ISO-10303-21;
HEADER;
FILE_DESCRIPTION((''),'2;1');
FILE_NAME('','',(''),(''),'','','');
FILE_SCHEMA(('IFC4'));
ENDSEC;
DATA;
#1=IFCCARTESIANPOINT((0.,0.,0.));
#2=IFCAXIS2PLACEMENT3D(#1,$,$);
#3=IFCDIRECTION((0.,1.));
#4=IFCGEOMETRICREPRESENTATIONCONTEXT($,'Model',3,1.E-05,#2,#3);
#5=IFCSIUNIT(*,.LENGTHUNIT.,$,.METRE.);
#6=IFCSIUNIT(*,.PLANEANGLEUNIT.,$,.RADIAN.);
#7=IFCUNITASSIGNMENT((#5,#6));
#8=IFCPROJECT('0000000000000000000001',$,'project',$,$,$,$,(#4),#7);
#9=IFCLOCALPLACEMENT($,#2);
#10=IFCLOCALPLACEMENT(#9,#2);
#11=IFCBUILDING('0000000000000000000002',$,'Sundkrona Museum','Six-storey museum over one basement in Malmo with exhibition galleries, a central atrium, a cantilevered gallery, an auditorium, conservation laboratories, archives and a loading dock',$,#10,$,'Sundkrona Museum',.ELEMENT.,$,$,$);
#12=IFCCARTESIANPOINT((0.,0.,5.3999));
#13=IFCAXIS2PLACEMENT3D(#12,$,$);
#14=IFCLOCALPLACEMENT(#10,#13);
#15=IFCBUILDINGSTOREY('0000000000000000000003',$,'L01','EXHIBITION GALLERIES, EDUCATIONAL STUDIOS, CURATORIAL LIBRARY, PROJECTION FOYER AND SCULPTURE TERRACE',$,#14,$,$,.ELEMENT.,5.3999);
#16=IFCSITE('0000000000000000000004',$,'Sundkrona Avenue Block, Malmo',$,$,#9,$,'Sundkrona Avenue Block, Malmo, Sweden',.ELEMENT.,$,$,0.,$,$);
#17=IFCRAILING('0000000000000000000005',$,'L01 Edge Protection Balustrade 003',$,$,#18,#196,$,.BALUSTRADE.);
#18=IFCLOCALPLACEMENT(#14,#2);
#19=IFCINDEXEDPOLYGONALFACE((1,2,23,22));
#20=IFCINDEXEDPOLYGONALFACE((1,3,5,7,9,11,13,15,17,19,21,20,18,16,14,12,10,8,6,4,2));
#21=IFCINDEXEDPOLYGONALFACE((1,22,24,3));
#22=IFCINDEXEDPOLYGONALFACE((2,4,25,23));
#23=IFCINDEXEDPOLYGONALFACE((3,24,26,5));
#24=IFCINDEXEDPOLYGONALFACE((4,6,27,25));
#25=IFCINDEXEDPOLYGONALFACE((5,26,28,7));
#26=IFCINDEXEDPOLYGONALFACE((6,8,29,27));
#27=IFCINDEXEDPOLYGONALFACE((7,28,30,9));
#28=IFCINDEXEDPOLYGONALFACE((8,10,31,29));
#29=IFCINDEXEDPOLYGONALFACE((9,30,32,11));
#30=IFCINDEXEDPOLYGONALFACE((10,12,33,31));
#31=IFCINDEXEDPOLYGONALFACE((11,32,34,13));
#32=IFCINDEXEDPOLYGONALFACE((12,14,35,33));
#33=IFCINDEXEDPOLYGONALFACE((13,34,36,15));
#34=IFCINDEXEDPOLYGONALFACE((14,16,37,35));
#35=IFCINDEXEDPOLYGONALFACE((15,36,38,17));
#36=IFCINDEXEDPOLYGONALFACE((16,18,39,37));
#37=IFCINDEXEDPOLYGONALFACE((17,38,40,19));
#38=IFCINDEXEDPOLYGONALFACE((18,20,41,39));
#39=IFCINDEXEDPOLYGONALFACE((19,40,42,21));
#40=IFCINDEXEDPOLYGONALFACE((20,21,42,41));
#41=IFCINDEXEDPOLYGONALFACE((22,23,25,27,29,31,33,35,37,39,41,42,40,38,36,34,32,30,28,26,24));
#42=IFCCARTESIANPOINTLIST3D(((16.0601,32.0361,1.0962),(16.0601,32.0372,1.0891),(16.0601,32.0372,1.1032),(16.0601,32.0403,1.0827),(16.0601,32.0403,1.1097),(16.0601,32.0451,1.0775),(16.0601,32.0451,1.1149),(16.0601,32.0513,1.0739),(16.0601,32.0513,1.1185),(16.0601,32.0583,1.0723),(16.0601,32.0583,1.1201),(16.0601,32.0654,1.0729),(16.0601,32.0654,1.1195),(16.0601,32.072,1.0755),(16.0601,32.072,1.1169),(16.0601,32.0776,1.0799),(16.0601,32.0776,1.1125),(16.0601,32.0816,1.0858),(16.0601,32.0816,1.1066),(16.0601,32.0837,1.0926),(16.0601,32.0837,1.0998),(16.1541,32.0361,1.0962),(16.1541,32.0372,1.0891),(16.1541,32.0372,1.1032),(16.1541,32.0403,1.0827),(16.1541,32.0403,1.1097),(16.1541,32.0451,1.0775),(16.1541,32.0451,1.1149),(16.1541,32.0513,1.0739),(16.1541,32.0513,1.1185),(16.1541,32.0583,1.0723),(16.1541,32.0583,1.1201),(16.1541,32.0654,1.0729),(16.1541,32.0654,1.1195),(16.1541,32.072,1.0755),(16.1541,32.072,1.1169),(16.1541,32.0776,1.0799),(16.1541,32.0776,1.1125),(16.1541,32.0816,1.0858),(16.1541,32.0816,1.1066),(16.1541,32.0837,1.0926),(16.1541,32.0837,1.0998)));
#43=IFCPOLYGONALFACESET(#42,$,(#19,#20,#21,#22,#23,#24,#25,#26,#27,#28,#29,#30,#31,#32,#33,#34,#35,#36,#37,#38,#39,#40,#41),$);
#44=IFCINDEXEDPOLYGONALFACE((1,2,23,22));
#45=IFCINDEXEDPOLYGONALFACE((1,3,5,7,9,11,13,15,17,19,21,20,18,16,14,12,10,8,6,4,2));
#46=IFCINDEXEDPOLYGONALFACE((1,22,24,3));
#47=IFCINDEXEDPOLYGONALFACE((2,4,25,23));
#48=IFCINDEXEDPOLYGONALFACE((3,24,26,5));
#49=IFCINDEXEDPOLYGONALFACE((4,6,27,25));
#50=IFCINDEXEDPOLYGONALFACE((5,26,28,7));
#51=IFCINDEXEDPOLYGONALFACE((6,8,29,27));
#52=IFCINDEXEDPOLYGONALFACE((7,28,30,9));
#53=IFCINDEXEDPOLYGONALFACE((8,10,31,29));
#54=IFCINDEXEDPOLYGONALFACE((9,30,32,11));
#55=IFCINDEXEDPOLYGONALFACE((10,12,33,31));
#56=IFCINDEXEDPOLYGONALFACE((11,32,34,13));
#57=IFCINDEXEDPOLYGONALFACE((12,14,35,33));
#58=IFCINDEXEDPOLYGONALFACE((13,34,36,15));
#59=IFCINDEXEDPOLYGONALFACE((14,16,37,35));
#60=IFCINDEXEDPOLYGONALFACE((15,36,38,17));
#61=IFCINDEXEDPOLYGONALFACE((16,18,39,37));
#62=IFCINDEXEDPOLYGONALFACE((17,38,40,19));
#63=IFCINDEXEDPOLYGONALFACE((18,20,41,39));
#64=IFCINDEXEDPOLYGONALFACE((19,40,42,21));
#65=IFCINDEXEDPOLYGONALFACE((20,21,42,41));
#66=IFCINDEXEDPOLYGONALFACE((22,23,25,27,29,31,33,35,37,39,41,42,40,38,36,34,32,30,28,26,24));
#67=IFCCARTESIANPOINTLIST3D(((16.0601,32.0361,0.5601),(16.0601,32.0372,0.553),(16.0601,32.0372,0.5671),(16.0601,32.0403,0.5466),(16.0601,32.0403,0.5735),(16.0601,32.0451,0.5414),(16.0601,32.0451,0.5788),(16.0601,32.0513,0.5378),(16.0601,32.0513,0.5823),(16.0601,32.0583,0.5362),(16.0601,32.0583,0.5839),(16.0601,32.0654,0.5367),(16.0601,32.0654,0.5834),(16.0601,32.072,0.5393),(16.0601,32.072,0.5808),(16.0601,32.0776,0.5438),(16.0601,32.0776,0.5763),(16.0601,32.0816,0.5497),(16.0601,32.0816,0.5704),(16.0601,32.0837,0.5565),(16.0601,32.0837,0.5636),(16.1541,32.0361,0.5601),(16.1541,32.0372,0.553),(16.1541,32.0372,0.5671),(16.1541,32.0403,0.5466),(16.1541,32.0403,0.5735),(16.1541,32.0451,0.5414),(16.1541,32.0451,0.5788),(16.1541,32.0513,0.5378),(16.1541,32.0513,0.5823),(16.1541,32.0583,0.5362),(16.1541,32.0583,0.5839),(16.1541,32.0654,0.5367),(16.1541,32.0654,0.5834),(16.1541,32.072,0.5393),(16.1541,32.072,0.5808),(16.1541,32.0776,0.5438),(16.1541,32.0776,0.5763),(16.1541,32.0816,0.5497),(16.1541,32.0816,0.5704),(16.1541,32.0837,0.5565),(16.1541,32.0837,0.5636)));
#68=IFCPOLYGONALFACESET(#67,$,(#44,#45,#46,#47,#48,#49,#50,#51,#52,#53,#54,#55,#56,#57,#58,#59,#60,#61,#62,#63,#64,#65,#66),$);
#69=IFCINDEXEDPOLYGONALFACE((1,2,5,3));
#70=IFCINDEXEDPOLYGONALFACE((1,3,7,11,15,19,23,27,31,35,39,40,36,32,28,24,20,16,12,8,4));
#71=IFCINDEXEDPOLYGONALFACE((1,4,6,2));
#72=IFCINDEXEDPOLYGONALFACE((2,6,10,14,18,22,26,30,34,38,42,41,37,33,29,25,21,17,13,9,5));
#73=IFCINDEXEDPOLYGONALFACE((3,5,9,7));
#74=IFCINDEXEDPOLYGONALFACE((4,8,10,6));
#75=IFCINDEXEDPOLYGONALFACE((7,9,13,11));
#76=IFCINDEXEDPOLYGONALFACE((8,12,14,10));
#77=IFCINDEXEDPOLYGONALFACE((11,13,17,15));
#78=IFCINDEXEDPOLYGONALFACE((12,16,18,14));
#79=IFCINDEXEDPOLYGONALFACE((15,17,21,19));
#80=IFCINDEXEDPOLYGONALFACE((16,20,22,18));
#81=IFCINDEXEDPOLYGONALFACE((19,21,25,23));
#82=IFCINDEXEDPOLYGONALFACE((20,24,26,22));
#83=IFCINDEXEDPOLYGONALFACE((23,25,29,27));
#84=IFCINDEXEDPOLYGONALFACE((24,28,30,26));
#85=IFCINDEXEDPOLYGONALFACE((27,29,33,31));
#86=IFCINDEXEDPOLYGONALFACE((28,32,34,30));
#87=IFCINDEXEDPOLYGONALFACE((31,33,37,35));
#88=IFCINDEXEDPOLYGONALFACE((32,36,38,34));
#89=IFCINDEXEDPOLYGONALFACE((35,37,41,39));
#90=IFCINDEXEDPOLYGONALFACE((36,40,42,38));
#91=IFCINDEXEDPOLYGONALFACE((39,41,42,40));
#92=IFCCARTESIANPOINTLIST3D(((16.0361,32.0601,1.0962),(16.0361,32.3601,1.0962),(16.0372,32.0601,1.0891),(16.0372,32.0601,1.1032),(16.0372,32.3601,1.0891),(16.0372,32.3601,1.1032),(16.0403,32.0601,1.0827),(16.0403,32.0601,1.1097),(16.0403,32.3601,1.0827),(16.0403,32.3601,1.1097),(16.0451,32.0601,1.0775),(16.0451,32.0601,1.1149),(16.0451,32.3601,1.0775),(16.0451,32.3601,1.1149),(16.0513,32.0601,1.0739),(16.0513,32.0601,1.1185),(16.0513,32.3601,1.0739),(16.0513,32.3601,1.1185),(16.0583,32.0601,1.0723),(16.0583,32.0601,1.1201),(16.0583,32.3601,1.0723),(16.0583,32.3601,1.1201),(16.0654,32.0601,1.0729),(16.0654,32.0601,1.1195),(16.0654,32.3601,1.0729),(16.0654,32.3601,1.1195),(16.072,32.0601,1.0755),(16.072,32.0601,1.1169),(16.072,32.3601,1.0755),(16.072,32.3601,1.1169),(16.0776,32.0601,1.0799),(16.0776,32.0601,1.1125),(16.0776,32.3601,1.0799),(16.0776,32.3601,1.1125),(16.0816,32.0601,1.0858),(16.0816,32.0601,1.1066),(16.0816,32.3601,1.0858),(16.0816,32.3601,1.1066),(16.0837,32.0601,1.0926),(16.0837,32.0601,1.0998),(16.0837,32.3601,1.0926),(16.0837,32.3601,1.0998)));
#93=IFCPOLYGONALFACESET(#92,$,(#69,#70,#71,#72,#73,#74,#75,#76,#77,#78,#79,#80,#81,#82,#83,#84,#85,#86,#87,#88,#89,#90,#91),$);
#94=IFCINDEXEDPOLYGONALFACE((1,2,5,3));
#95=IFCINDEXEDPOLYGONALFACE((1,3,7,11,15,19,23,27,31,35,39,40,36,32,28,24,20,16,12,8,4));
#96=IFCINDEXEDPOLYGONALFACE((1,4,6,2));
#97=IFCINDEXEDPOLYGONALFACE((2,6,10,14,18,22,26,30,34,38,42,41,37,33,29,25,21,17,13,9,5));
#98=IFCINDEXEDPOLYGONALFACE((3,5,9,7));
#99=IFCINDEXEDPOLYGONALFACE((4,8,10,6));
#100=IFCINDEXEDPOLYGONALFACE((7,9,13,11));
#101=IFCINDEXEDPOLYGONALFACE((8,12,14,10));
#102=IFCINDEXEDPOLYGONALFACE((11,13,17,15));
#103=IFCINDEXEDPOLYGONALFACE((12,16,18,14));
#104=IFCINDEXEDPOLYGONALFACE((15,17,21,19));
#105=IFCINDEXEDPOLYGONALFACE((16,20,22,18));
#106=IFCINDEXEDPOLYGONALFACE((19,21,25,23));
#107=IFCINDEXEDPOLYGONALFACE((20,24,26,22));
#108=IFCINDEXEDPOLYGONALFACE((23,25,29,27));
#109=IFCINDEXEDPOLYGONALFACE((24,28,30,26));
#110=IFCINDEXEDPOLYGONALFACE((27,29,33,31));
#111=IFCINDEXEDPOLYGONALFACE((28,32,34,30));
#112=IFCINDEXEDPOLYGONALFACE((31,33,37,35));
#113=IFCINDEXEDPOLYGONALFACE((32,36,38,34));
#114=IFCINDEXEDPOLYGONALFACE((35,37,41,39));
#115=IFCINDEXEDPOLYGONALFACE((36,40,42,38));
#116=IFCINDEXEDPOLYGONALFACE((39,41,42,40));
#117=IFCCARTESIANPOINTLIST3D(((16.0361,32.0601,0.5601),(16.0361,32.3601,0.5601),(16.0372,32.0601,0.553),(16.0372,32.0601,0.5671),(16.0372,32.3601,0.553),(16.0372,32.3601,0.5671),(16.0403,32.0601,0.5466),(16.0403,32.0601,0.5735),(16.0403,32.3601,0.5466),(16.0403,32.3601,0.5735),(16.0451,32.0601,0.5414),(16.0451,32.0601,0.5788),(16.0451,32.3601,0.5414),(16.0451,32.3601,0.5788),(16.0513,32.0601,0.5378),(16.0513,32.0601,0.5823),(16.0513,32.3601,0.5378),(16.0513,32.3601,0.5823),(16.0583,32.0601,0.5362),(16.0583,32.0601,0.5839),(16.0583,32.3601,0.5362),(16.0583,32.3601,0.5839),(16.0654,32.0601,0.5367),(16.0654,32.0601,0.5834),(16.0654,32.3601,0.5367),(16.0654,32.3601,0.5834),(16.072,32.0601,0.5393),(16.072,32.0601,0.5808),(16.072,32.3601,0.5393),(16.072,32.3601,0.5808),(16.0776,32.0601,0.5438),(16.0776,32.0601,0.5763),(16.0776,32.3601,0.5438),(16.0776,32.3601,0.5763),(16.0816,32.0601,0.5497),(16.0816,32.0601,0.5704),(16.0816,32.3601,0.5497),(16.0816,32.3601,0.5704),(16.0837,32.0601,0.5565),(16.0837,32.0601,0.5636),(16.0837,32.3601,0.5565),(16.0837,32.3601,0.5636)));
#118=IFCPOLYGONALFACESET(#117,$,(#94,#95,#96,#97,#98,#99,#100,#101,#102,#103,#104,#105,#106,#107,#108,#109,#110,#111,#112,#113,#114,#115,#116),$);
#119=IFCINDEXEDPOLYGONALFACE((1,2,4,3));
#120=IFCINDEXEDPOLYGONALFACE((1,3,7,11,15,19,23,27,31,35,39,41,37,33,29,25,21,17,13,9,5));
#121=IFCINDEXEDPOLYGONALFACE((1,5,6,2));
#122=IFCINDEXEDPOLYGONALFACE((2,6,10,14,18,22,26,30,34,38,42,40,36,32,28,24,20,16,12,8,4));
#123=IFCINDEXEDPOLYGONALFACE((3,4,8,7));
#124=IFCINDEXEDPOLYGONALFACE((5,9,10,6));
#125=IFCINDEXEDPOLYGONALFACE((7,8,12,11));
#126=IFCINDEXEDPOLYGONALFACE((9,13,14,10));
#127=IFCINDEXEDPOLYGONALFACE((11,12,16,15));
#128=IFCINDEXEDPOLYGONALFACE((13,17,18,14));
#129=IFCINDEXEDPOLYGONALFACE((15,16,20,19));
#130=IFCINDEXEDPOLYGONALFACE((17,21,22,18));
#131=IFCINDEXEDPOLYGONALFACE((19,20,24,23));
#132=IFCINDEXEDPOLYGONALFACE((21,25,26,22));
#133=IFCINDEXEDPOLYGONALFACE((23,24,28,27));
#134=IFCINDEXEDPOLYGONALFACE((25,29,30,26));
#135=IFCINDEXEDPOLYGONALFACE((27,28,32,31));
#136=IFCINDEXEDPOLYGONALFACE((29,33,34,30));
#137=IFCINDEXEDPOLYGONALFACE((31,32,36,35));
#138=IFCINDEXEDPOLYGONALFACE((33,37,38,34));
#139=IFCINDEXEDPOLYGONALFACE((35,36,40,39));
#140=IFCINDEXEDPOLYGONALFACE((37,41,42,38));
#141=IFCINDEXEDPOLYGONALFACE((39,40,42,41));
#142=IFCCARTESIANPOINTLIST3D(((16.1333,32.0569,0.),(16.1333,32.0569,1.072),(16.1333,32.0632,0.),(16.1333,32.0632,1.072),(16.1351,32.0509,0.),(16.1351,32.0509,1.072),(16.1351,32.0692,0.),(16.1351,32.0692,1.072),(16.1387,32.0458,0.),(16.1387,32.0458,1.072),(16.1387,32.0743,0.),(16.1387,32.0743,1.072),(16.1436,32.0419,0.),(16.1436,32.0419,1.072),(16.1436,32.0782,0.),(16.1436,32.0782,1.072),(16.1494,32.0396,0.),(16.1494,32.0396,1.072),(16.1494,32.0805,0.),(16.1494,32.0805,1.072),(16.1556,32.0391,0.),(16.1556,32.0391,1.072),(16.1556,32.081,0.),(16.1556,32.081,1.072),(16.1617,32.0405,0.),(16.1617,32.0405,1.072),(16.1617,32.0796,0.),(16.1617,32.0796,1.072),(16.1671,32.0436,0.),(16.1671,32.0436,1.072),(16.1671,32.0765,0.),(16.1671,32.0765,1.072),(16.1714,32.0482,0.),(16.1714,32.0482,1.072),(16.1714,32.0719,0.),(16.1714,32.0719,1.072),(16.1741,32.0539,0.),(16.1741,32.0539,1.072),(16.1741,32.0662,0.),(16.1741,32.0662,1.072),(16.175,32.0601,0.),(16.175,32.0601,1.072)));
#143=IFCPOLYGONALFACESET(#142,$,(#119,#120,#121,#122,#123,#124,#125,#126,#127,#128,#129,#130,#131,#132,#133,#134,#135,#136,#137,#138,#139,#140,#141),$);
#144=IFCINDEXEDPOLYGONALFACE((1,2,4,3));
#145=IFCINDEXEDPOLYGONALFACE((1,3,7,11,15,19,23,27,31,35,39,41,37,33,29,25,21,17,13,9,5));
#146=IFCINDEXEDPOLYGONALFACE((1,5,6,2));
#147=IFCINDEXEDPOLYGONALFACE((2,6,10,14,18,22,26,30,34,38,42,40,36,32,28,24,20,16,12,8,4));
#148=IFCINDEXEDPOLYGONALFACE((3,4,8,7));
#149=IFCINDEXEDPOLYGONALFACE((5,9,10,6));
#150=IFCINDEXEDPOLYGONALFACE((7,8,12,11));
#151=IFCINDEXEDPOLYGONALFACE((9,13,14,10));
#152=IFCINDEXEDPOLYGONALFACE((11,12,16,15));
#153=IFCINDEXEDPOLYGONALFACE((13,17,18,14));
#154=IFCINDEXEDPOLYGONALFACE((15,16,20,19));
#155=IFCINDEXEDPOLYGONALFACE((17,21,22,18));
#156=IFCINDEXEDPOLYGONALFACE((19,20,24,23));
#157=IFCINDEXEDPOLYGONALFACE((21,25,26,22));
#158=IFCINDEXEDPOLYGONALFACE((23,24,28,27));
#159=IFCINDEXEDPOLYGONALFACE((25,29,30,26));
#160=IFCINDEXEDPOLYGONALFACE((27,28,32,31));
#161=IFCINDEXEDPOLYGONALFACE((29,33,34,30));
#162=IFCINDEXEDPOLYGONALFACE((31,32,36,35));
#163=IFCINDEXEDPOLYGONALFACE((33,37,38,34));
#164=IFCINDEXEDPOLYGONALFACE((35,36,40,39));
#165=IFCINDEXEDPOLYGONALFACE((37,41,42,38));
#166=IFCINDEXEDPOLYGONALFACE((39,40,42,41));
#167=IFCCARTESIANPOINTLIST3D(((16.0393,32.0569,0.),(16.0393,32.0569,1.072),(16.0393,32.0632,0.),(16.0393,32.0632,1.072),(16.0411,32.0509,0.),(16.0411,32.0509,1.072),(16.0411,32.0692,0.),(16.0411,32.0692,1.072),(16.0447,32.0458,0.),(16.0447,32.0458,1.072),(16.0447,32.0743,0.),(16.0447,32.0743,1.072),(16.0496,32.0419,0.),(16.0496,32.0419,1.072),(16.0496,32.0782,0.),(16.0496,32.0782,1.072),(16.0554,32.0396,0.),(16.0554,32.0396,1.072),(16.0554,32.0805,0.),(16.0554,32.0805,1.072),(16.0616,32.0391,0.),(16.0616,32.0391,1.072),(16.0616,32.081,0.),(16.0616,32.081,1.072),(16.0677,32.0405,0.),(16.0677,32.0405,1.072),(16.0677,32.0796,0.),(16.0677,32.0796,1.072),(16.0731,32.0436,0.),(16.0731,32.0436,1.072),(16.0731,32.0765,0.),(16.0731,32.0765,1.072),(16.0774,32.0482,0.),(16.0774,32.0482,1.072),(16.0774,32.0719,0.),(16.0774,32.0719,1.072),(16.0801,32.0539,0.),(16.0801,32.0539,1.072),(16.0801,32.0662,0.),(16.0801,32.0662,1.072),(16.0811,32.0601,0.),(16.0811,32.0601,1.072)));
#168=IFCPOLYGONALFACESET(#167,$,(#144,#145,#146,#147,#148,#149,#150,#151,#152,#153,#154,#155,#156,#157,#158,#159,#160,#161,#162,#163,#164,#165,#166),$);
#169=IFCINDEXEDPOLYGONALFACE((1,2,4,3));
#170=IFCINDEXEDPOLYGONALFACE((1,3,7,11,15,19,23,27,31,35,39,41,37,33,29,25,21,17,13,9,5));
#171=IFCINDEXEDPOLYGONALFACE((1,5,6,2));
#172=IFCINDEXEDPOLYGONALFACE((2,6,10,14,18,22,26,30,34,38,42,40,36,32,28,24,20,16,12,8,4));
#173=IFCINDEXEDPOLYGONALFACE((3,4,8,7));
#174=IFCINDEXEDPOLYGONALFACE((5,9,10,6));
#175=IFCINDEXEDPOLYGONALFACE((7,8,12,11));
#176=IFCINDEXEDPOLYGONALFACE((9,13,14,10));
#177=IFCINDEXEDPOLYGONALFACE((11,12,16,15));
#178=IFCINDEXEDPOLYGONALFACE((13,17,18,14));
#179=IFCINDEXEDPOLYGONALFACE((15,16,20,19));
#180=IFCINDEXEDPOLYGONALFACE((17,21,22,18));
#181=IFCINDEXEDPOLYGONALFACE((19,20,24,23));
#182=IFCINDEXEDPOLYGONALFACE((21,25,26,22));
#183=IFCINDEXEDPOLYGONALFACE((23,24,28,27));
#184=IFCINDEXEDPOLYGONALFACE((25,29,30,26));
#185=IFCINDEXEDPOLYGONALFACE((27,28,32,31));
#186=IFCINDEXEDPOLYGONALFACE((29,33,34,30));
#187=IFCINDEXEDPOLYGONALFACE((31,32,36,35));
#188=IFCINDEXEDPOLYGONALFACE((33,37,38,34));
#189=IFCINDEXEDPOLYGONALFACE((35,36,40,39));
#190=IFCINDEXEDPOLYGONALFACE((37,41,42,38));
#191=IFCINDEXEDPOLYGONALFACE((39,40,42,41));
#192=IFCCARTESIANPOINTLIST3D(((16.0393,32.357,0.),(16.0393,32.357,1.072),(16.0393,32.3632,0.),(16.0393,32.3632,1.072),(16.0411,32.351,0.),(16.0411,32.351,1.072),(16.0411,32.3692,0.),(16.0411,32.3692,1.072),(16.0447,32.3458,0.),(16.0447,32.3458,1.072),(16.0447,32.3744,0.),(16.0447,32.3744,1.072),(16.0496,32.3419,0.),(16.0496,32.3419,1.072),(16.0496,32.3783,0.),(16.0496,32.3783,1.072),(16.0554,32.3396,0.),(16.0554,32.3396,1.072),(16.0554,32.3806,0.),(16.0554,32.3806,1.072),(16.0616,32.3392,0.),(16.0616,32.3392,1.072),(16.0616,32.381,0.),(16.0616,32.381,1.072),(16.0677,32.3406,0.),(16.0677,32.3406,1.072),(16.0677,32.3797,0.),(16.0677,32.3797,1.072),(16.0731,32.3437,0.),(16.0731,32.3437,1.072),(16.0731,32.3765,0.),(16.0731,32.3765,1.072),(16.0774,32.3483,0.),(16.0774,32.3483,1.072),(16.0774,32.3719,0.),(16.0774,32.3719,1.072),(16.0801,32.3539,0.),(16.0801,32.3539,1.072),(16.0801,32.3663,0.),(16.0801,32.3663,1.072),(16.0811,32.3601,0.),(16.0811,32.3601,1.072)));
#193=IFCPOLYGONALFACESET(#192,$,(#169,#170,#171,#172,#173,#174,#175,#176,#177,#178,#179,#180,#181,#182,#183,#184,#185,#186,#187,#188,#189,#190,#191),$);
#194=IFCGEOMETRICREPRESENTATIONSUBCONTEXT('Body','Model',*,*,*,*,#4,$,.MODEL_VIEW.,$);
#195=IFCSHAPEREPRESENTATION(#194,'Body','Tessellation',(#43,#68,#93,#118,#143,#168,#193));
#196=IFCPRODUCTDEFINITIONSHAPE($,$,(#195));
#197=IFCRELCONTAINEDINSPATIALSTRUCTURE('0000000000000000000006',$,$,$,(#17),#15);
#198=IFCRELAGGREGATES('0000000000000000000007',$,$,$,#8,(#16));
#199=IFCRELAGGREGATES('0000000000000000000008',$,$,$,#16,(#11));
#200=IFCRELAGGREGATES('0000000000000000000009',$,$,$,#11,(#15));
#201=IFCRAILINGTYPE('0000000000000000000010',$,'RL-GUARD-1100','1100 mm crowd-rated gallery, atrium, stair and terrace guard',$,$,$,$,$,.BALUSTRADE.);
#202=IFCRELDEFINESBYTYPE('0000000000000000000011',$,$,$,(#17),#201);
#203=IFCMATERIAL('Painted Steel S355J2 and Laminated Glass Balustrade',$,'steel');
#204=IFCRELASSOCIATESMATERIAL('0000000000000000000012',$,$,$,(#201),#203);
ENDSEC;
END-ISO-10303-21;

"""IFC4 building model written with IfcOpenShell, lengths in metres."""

from ifc_helpers import new_model, si_unit, direction, frame, origin, origin_2d, place, context, subcontext, project, spatial, circle, extrude, material, type_object, element, save


model = new_model("IFC4")

# Units and contexts
model_context = context("Model", 3, precision=1e-05, world=origin(), true_north=direction((0.0, 1.0)))
body_context = subcontext(model_context, "Body", "Model", "MODEL_VIEW")
ifc_project = project(units=[si_unit("LENGTHUNIT", "METRE"), si_unit("PLANEANGLEUNIT", "RADIAN")], contexts=[model_context])

# Site, building, storey
site_placement = place(None, origin())
site = spatial("IfcSite", under=ifc_project, at=site_placement, Name="Sundkrona Avenue Block, Malmo", LongName="Sundkrona Avenue Block, Malmo, Sweden", CompositionType="ELEMENT", RefElevation=0.0)
building_placement = place(site_placement, origin())
building = spatial("IfcBuilding", under=site, at=building_placement, Name="Sundkrona Museum", Description="Six-storey museum over one basement in Malmo with exhibition galleries, a central atrium, a cantilevered gallery, an auditorium, conservation laboratories, archives and a loading dock", LongName="Sundkrona Museum", CompositionType="ELEMENT")
storey_placement = place(building_placement, frame((0.0, 0.0, 5.3999)))
storey = spatial("IfcBuildingStorey", under=building, at=storey_placement, Name="L01", Description="EXHIBITION GALLERIES, EDUCATIONAL STUDIOS, CURATORIAL LIBRARY, PROJECTION FOYER AND SCULPTURE TERRACE", CompositionType="ELEMENT", Elevation=5.3999)

# Railing
ifc_material_1 = material(Name="Painted Steel S355J2 and Laminated Glass Balustrade", Category="steel")
railing_type_1 = type_object("IfcRailingType", Name="RL-GUARD-1100", Description="1100 mm crowd-rated gallery, atrium, stair and terrace guard", PredefinedType="BALUSTRADE", material=ifc_material_1)
railing_1_placement = place(storey_placement, frame((16.1541, 32.0601, 0.0)))
element("IfcRailing", 1, at=railing_1_placement, inside=storey, type_object=railing_type_1, Name="L01 Edge Protection Balustrade 003", PredefinedType="BALUSTRADE", context=body_context, shape_type="SweptSolid", body=[
    extrude(circle(Radius=0.0239, at=origin_2d()), frame((0.0, 0.0, 1.0962), z_axis=(-1.0, 0.0, 0.0), x_axis=(0.0, -1.0, 0.0)), (0.0, 0.0, 1.0), 0.094),
    extrude(circle(Radius=0.0239, at=origin_2d()), frame((0.0, 0.0, 0.5601), z_axis=(-1.0, 0.0, 0.0), x_axis=(0.0, -1.0, 0.0)), (0.0, 0.0, 1.0), 0.094),
    extrude(circle(Radius=0.0239, at=origin_2d()), frame((-0.094, 0.0, 1.0962), z_axis=(0.0, 1.0, 0.0), x_axis=(-1.0, 0.0, 0.0)), (0.0, 0.0, 1.0), 0.3),
    extrude(circle(Radius=0.0239, at=origin_2d()), frame((-0.094, 0.0, 0.5601), z_axis=(0.0, 1.0, 0.0), x_axis=(-1.0, 0.0, 0.0)), (0.0, 0.0, 1.0), 0.3),
    extrude(circle(Radius=0.021, at=origin_2d()), origin(), (0.0, 0.0, 1.0), 1.072),
    extrude(circle(Radius=0.021, at=origin_2d()), frame((-0.094, 0.0, 0.0)), (0.0, 0.0, 1.0), 1.072),
    extrude(circle(Radius=0.021, at=origin_2d()), frame((-0.094, 0.3, 0.0)), (0.0, 0.0, 1.0), 1.072),
])

save(model, "model.ifc")
